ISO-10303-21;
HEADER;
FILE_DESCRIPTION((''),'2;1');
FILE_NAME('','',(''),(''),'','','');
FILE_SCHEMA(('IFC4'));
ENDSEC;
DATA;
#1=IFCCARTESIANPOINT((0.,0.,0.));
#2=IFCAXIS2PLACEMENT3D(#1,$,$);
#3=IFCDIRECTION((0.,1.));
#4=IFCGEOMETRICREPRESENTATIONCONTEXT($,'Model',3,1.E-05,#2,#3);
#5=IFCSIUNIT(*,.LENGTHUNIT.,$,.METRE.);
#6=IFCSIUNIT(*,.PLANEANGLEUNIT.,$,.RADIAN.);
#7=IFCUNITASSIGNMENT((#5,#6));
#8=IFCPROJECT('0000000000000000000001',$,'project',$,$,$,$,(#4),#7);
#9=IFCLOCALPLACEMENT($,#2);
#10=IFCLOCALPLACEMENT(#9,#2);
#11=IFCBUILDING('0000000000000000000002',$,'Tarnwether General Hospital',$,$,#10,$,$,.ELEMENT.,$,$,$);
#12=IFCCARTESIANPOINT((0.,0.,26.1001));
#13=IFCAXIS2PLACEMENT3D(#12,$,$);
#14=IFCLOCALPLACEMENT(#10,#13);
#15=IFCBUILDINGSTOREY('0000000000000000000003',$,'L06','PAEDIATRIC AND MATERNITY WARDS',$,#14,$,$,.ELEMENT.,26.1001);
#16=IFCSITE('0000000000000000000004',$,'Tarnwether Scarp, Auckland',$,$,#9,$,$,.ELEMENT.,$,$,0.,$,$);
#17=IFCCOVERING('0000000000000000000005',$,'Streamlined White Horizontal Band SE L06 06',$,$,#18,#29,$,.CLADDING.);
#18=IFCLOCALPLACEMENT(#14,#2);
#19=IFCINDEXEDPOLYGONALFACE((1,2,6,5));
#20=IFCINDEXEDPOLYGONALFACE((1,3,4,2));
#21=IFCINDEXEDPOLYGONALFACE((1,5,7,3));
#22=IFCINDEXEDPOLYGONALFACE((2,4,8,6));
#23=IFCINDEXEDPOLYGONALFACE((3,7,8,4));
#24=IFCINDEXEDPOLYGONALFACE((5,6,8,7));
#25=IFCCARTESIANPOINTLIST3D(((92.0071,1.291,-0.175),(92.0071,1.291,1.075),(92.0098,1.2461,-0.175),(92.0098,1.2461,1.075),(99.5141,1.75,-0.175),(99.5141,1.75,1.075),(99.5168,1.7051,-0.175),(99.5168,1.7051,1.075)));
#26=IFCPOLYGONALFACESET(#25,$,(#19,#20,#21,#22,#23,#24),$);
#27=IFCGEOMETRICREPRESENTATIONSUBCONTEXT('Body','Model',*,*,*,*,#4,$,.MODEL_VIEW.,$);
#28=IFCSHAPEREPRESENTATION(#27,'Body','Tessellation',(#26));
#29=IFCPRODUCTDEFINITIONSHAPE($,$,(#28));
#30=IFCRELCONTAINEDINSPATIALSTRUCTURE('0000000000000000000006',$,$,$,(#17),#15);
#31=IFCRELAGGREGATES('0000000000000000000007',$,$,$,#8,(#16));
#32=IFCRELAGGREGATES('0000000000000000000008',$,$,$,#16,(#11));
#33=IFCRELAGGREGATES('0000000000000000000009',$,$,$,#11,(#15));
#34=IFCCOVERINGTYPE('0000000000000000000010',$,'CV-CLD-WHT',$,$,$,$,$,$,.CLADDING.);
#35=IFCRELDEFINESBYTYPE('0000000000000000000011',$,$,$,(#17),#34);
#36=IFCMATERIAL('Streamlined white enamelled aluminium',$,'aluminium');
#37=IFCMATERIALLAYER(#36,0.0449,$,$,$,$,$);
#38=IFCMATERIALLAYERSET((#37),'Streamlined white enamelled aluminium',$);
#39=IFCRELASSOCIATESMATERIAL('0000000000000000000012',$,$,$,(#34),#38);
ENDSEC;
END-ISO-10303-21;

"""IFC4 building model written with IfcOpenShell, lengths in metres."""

from ifc_helpers import new_model, si_unit, direction, frame, origin, origin_2d, place, context, subcontext, project, spatial, rectangle, extrude, material, layer, layer_set, type_object, element, save


model = new_model("IFC4")

# Units and contexts
model_context = context("Model", 3, precision=1e-05, world=origin(), true_north=direction((0.0, 1.0)))
body_context = subcontext(model_context, "Body", "Model", "MODEL_VIEW")
ifc_project = project(units=[si_unit("LENGTHUNIT", "METRE"), si_unit("PLANEANGLEUNIT", "RADIAN")], contexts=[model_context])

# Site, building, storey
site_placement = place(None, origin())
site = spatial("IfcSite", under=ifc_project, at=site_placement, Name="Tarnwether Scarp, Auckland", CompositionType="ELEMENT", RefElevation=0.0)
building_placement = place(site_placement, origin())
building = spatial("IfcBuilding", under=site, at=building_placement, Name="Tarnwether General Hospital", CompositionType="ELEMENT")
storey_placement = place(building_placement, frame((0.0, 0.0, 26.1001)))
storey = spatial("IfcBuildingStorey", under=building, at=storey_placement, Name="L06", Description="PAEDIATRIC AND MATERNITY WARDS", CompositionType="ELEMENT", Elevation=26.1001)

# Covering
ifc_material_1 = material(Name="Streamlined white enamelled aluminium", Category="aluminium")
ifc_layer_1 = layer(ifc_material_1, 0.0449)
ifc_layer_set_1 = layer_set([ifc_layer_1], Name="Streamlined white enamelled aluminium")
covering_type = type_object("IfcCoveringType", Name="CV-CLD-WHT", PredefinedType="CLADDING", material=ifc_layer_set_1)
covering_placement = place(storey_placement, frame((95.762, 1.498, -0.175), z_axis=(0.0, 0.0, 1.0), x_axis=(-0.998136, -0.061031, 0.0)))
element("IfcCovering", 1, at=covering_placement, inside=storey, type_object=covering_type, Name="Streamlined White Horizontal Band SE L06 06", PredefinedType="CLADDING", context=body_context, shape_type="SweptSolid", body=[
    extrude(rectangle(XDim=7.521, YDim=0.0449, at=origin_2d()), origin(), (0.0, 0.0, 1.0), 1.25),
])

save(model, "model.ifc")
